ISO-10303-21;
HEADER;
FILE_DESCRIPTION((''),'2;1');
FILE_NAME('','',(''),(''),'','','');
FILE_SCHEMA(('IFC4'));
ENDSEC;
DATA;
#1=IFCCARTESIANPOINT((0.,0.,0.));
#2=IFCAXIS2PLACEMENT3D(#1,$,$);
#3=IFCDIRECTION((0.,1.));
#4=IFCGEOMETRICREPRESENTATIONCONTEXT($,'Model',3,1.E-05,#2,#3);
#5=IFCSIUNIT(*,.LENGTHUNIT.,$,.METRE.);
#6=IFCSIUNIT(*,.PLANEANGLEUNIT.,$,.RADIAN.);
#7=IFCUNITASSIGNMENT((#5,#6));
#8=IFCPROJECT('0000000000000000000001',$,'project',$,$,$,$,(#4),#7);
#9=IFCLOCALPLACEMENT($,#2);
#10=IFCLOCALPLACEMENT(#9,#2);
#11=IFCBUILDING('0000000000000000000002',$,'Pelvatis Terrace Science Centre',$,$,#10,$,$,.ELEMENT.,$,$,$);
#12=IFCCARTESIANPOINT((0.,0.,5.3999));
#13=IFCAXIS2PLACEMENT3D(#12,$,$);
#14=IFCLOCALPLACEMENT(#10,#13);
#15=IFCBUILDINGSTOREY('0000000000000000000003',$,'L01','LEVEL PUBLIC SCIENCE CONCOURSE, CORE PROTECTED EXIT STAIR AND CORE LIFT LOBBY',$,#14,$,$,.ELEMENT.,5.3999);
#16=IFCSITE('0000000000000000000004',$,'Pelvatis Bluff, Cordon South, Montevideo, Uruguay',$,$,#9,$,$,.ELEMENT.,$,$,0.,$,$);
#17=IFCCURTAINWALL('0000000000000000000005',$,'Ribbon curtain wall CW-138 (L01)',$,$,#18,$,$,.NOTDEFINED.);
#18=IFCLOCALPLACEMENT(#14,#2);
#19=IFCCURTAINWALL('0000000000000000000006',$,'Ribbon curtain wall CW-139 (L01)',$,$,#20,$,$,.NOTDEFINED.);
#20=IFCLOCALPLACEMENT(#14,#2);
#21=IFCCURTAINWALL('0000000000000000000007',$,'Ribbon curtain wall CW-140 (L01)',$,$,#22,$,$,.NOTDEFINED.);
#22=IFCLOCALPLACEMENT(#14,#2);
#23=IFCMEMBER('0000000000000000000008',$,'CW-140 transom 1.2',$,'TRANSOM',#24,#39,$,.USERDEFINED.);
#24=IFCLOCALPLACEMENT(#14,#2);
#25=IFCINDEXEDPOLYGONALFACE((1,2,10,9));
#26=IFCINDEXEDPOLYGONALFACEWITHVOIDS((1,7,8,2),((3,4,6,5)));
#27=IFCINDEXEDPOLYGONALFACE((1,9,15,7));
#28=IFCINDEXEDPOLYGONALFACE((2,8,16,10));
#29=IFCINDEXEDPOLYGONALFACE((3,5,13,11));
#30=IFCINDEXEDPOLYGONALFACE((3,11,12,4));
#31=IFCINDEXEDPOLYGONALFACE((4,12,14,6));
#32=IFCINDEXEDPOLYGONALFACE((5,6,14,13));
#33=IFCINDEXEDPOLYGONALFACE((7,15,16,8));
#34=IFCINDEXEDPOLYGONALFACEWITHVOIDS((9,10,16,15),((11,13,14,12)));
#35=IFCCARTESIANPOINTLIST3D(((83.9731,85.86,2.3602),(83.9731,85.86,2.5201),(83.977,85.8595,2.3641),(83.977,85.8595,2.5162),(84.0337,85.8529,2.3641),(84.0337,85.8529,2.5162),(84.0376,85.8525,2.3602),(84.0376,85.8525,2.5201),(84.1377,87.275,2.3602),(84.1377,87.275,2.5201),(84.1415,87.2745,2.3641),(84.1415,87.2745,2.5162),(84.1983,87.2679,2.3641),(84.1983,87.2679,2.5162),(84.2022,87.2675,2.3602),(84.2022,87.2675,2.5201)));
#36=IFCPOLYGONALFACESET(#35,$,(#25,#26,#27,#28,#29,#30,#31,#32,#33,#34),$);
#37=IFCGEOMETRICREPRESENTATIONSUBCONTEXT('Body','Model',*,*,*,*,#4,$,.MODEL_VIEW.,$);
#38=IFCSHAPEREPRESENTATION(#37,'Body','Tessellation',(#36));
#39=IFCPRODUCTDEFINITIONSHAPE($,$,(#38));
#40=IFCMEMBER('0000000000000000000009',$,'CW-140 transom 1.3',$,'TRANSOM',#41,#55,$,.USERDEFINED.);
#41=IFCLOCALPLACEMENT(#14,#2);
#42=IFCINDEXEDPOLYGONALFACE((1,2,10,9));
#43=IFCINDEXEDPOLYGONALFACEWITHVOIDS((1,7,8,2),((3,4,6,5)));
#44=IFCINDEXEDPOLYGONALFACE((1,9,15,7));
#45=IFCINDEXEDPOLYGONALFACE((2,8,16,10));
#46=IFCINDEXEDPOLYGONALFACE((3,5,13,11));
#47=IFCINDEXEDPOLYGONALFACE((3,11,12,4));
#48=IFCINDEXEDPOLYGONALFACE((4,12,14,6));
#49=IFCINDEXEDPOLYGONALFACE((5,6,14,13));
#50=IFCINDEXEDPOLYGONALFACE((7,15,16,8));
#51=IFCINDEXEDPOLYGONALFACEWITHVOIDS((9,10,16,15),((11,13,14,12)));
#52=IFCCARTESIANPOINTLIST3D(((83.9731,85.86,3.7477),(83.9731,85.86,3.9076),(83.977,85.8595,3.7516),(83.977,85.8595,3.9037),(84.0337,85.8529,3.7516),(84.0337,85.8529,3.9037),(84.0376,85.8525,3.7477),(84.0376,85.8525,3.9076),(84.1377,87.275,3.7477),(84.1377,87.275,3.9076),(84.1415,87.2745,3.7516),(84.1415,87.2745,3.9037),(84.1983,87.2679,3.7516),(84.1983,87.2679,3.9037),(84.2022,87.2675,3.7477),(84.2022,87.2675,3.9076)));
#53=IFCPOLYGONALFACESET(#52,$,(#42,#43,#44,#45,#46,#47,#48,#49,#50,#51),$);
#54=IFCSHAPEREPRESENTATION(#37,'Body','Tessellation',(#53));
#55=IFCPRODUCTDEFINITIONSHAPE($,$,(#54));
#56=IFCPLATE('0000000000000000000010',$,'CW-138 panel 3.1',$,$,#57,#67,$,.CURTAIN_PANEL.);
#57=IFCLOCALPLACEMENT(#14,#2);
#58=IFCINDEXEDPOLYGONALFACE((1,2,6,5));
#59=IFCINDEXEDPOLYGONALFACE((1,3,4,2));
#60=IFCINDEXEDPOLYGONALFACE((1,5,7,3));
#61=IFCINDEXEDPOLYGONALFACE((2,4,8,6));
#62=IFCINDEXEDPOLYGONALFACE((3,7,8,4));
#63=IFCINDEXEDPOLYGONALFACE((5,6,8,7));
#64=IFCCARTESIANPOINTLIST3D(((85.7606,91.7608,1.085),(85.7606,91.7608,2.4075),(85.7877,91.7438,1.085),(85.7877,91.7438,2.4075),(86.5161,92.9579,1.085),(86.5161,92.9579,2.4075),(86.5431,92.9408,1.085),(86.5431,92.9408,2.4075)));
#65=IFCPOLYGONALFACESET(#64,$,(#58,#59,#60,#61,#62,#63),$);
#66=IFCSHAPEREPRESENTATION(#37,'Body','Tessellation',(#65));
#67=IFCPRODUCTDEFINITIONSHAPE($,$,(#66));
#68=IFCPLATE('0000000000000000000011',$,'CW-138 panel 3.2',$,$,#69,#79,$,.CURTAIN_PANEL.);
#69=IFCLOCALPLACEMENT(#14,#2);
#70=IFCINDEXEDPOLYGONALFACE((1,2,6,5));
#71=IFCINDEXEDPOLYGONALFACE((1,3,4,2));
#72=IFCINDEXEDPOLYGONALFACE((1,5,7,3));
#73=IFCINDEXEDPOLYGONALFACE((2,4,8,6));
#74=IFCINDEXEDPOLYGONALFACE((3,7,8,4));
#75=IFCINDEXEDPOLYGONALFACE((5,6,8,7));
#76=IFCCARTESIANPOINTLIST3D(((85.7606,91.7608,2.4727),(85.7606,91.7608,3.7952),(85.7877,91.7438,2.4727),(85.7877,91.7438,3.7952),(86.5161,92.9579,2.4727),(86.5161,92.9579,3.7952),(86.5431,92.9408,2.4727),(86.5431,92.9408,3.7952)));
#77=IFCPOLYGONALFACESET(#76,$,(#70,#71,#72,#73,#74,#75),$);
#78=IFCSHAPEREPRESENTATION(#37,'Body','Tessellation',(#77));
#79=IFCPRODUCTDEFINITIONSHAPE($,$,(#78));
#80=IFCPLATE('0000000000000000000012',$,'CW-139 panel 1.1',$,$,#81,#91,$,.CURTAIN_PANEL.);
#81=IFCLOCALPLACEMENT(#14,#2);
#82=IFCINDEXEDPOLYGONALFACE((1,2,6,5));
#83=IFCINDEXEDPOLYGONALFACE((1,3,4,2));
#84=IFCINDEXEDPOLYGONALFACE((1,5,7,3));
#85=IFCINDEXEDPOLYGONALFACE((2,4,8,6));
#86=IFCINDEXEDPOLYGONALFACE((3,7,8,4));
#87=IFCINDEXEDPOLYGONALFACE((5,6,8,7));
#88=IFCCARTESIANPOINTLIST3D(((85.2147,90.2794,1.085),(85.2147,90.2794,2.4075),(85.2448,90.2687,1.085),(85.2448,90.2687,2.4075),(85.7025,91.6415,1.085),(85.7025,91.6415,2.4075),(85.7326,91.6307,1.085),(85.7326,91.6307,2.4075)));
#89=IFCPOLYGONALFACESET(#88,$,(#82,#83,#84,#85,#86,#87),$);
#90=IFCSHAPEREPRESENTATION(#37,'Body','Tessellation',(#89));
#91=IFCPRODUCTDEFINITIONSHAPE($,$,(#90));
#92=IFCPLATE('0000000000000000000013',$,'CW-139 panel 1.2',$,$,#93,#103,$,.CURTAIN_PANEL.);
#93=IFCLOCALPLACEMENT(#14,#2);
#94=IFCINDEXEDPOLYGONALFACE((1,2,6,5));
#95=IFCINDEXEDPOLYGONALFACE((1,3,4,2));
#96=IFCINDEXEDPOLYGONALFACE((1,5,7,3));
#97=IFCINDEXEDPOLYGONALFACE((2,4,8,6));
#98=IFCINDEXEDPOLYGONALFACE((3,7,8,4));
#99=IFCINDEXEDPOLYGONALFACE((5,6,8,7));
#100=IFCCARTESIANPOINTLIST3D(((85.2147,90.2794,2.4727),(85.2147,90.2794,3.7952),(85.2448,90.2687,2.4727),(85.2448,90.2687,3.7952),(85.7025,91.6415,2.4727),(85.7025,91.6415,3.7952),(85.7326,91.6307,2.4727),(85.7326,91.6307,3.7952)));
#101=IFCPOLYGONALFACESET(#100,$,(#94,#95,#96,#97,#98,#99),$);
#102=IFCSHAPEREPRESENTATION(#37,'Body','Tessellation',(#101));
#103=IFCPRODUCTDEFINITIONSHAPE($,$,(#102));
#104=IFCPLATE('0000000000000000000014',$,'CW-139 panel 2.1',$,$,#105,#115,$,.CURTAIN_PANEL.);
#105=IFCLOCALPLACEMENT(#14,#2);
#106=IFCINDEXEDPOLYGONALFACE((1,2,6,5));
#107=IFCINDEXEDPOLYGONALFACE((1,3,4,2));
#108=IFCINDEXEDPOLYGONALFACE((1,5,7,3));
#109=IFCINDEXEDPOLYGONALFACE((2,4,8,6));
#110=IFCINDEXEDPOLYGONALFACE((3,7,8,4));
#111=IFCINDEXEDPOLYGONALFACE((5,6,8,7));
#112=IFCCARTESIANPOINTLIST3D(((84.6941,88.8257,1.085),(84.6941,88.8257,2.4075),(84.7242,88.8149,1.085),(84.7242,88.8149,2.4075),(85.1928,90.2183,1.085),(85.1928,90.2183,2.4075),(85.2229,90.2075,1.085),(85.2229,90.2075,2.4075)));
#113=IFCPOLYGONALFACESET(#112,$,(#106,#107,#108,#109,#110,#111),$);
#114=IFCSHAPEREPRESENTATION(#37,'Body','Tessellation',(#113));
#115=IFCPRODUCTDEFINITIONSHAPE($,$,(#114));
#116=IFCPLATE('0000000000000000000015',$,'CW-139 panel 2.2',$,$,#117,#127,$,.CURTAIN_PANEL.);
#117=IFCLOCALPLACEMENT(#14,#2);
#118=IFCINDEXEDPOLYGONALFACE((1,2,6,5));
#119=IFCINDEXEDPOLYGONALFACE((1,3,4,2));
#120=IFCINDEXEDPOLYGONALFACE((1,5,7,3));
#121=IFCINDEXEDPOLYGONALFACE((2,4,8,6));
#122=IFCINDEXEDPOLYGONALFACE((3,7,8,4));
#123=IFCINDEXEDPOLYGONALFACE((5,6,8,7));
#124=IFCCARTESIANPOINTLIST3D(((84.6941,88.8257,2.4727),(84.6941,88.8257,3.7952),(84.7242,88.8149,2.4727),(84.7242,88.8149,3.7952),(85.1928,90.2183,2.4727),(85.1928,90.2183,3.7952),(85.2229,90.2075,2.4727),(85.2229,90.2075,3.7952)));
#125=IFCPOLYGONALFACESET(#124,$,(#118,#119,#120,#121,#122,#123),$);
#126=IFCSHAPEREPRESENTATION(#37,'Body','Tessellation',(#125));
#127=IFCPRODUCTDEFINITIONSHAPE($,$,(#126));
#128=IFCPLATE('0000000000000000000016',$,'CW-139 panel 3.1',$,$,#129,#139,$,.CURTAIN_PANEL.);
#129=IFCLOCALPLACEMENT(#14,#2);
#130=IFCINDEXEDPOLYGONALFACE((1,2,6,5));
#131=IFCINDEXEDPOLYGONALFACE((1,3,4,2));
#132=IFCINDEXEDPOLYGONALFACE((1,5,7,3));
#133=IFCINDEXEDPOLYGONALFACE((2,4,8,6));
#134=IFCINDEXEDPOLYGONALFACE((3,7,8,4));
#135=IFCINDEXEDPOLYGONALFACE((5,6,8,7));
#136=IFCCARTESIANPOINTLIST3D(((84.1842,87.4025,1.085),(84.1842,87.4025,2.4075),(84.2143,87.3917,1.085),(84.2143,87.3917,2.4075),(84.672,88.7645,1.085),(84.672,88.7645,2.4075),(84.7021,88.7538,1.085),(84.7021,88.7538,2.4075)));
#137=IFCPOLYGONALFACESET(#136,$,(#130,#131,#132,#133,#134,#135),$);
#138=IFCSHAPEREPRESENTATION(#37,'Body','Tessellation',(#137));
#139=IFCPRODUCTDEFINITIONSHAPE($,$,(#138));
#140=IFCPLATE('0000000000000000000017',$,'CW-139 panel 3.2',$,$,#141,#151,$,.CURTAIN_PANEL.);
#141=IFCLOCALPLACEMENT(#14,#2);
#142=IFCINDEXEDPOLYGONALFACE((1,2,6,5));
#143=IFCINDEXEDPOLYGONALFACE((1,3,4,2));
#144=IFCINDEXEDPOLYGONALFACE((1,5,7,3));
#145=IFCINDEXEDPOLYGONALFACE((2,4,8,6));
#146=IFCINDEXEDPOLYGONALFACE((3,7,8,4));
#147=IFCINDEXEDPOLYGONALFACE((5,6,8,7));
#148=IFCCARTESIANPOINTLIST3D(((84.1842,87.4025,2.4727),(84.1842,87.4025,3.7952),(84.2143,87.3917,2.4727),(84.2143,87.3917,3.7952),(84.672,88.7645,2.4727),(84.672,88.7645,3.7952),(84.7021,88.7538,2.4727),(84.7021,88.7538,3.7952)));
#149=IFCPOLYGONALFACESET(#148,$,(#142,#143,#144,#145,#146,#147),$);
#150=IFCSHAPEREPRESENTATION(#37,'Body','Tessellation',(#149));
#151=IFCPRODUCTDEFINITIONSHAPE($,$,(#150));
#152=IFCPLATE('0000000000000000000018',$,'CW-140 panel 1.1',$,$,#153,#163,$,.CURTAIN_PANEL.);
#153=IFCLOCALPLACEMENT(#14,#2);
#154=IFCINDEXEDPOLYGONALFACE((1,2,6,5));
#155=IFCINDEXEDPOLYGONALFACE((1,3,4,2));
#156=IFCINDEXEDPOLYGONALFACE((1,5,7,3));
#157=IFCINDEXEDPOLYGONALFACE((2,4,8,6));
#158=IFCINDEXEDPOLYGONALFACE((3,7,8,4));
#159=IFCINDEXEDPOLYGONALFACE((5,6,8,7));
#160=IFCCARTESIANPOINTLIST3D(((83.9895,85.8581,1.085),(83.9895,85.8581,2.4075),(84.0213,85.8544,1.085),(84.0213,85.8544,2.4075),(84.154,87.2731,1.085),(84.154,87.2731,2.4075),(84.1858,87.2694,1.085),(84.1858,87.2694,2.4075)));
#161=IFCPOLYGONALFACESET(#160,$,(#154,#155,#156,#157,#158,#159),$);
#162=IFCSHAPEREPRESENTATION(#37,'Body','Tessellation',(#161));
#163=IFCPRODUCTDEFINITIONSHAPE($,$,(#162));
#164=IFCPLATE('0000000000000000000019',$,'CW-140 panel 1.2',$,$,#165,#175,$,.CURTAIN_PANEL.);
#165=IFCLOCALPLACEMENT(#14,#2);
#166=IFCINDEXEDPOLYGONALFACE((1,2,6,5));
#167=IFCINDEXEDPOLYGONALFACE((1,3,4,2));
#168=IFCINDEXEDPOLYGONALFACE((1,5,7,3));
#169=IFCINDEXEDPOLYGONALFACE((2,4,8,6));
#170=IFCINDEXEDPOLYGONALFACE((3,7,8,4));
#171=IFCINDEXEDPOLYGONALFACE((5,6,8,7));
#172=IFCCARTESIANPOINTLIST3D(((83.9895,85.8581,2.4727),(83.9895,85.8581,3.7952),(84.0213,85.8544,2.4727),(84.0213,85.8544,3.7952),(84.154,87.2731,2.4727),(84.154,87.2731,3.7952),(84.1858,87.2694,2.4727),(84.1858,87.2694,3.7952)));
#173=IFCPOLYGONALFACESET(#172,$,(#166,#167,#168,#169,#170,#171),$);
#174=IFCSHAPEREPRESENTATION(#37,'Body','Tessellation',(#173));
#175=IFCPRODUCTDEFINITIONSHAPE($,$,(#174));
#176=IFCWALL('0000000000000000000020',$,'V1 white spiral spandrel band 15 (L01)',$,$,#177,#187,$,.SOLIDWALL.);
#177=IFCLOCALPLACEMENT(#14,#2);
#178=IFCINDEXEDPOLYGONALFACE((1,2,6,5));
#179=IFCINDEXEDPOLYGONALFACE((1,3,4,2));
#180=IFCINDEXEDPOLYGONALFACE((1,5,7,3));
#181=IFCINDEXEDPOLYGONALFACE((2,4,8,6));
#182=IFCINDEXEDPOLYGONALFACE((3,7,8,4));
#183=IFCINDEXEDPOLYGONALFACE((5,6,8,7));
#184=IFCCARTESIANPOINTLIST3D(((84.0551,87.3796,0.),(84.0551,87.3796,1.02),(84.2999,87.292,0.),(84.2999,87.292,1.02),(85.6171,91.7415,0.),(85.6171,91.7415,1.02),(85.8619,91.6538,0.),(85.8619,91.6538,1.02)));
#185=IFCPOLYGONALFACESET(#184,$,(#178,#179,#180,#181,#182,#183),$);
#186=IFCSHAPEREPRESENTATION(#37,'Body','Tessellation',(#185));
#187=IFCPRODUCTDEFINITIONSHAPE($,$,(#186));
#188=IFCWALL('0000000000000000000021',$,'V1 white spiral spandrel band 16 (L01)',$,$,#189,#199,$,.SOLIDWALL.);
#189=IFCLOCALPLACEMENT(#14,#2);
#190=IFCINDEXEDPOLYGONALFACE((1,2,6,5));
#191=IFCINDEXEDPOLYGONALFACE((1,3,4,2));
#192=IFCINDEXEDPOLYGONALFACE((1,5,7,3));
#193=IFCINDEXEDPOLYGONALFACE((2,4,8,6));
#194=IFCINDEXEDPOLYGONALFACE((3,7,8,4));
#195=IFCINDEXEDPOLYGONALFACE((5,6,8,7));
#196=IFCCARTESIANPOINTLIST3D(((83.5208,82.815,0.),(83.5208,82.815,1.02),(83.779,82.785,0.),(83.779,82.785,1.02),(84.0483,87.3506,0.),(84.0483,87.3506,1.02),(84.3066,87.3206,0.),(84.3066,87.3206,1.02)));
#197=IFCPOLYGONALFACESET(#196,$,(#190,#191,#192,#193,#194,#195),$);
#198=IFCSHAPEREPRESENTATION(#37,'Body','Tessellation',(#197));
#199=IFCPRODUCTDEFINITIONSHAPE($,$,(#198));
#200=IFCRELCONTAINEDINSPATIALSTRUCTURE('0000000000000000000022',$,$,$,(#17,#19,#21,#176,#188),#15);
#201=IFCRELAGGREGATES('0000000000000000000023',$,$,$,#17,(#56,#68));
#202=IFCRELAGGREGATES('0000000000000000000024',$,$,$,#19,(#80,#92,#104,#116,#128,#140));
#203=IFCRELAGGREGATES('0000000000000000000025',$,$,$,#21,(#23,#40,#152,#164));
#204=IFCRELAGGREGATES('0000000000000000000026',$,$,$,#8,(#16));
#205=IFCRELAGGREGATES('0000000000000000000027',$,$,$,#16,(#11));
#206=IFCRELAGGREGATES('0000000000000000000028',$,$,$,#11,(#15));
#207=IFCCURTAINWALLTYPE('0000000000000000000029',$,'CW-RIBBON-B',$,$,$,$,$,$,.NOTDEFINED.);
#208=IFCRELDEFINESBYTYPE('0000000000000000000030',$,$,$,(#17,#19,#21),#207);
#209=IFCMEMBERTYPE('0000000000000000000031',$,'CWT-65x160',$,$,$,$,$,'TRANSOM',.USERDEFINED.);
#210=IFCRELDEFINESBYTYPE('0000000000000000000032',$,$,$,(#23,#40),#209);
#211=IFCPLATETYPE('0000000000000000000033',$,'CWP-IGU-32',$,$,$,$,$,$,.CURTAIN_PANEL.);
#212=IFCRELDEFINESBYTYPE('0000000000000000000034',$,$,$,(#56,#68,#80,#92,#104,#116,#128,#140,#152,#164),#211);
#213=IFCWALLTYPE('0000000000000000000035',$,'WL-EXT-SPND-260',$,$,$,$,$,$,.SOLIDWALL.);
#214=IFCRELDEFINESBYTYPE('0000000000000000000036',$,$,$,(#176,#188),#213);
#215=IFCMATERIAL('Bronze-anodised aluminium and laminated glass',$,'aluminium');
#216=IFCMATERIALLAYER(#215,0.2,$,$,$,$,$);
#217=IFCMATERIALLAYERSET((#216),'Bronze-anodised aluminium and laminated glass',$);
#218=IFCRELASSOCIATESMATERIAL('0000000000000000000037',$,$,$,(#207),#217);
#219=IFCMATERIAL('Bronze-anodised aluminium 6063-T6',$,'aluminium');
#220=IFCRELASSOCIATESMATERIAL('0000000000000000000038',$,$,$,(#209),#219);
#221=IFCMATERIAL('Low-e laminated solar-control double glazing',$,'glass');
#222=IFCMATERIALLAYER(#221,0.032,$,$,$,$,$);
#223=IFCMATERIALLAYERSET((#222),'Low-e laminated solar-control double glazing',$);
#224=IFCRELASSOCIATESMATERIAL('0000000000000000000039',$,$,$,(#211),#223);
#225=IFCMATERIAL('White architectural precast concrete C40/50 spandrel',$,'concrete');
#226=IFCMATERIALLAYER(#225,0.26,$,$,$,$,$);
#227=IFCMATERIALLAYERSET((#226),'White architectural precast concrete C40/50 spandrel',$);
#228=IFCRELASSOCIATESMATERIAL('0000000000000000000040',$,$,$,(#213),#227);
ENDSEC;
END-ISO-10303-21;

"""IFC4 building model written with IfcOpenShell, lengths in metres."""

from ifc_helpers import new_model, si_unit, direction, frame, frame_2d, origin, origin_2d, place, context, subcontext, project, spatial, rectangle, hollow_rectangle, extrude, material, layer, layer_set, material_profile, profile_set, type_object, element, aggregate, save


model = new_model("IFC4")

# Units and contexts
model_context = context("Model", 3, precision=1e-05, world=origin(), true_north=direction((0.0, 1.0)))
body_context = subcontext(model_context, "Body", "Model", "MODEL_VIEW")
ifc_project = project(units=[si_unit("LENGTHUNIT", "METRE"), si_unit("PLANEANGLEUNIT", "RADIAN")], contexts=[model_context])

# Site, building, storey
site_placement = place(None, origin())
site = spatial("IfcSite", under=ifc_project, at=site_placement, Name="Pelvatis Bluff, Cordon South, Montevideo, Uruguay", CompositionType="ELEMENT", RefElevation=0.0)
building_placement = place(site_placement, origin())
building = spatial("IfcBuilding", under=site, at=building_placement, Name="Pelvatis Terrace Science Centre", CompositionType="ELEMENT")
storey_placement = place(building_placement, frame((0.0, 0.0, 5.3999)))
storey = spatial("IfcBuildingStorey", under=building, at=storey_placement, Name="L01", Description="LEVEL PUBLIC SCIENCE CONCOURSE, CORE PROTECTED EXIT STAIR AND CORE LIFT LOBBY", CompositionType="ELEMENT", Elevation=5.3999)

# Curtain walls
ifc_material_1 = material(Name="Bronze-anodised aluminium and laminated glass", Category="aluminium")
ifc_layer_1 = layer(ifc_material_1, 0.2)
ifc_layer_set_1 = layer_set([ifc_layer_1], Name="Bronze-anodised aluminium and laminated glass")
curtain_wall_type = type_object("IfcCurtainWallType", Name="CW-RIBBON-B", PredefinedType="NOTDEFINED", material=ifc_layer_set_1)
curtain_wall_1_placement = place(storey_placement, origin())
curtain_wall_1 = element("IfcCurtainWall", 1, at=curtain_wall_1_placement, inside=storey, type_object=curtain_wall_type, Name="Ribbon curtain wall CW-138 (L01)", PredefinedType="NOTDEFINED")
curtain_wall_2_placement = place(storey_placement, origin())
curtain_wall_2 = element("IfcCurtainWall", 2, at=curtain_wall_2_placement, inside=storey, type_object=curtain_wall_type, Name="Ribbon curtain wall CW-139 (L01)", PredefinedType="NOTDEFINED")

# Curtain wall
curtain_wall_3_placement = place(storey_placement, origin())
curtain_wall_3 = element("IfcCurtainWall", 3, at=curtain_wall_3_placement, inside=storey, type_object=curtain_wall_type, Name="Ribbon curtain wall CW-140 (L01)", PredefinedType="NOTDEFINED")

# Members
ifc_material_2 = material(Name="Bronze-anodised aluminium 6063-T6", Category="aluminium")
ifc_material_profile_1 = material_profile(ifc_material_2, hollow_rectangle(XDim=0.0649, YDim=0.1599, WallThickness=0.0039, at=origin_2d()), Name="ALU-TRN 65x160")
ifc_profile_set_1 = profile_set([ifc_material_profile_1], Name="Bronze-anodised aluminium 6063-T6")
member_type_1 = type_object("IfcMemberType", Name="CWT-65x160", ElementType="TRANSOM", PredefinedType="USERDEFINED", material=ifc_profile_set_1)
member_1_placement = place(storey_placement, frame((84.1699, 87.2712, 2.4402), z_axis=(-0.115509, -0.993306, 0.0), x_axis=(0.993306, -0.115509, 0.0)))
member_1 = element("IfcMember", 4, at=member_1_placement, type_object=member_type_1, Name="CW-140 transom 1.2", ObjectType="TRANSOM", PredefinedType="USERDEFINED", context=body_context, shape_type="SweptSolid", body=[
    extrude(hollow_rectangle(XDim=0.0649, YDim=0.1599, WallThickness=0.0039, at=origin_2d()), origin(), (0.0, 0.0, 1.0), 1.4246),
])
member_2_placement = place(storey_placement, frame((84.1699, 87.2712, 3.8276), z_axis=(-0.115509, -0.993306, 0.0), x_axis=(0.993306, -0.115509, 0.0)))
member_2 = element("IfcMember", 5, at=member_2_placement, type_object=member_type_1, Name="CW-140 transom 1.3", ObjectType="TRANSOM", PredefinedType="USERDEFINED", context=body_context, shape_type="SweptSolid", body=[
    extrude(hollow_rectangle(XDim=0.0649, YDim=0.1599, WallThickness=0.0039, at=origin_2d()), origin(), (0.0, 0.0, 1.0), 1.4246),
])

# Plates
ifc_material_3 = material(Name="Low-e laminated solar-control double glazing", Category="glass")
ifc_layer_2 = layer(ifc_material_3, 0.032)
ifc_layer_set_2 = layer_set([ifc_layer_2], Name="Low-e laminated solar-control double glazing")
plate_type = type_object("IfcPlateType", Name="CWP-IGU-32", PredefinedType="CURTAIN_PANEL", material=ifc_layer_set_2)
plate_1_placement = place(storey_placement, frame((86.1519, 92.3508, 1.085), z_axis=(0.0, 0.0, 1.0), x_axis=(-0.533685, -0.845683, 0.0)))
plate_1 = element("IfcPlate", 6, at=plate_1_placement, type_object=plate_type, Name="CW-138 panel 3.1", PredefinedType="CURTAIN_PANEL", context=body_context, shape_type="SweptSolid", body=[
    extrude(rectangle(XDim=1.4155, YDim=0.032, at=origin_2d()), origin(), (0.0, 0.0, 1.0), 1.3225),
])
plate_2_placement = place(storey_placement, frame((86.1519, 92.3508, 2.4727), z_axis=(0.0, 0.0, 1.0), x_axis=(-0.533685, -0.845683, 0.0)))
plate_2 = element("IfcPlate", 7, at=plate_2_placement, type_object=plate_type, Name="CW-138 panel 3.2", PredefinedType="CURTAIN_PANEL", context=body_context, shape_type="SweptSolid", body=[
    extrude(rectangle(XDim=1.4155, YDim=0.032, at=origin_2d()), origin(), (0.0, 0.0, 1.0), 1.3225),
])
aggregate(curtain_wall_1, [plate_1, plate_2])
plate_3_placement = place(storey_placement, frame((85.4736, 90.9551, 1.085), z_axis=(0.0, 0.0, 1.0), x_axis=(-0.337176, -0.941442, 0.0)))
plate_3 = element("IfcPlate", 8, at=plate_3_placement, type_object=plate_type, Name="CW-139 panel 1.1", PredefinedType="CURTAIN_PANEL", context=body_context, shape_type="SweptSolid", body=[
    extrude(rectangle(XDim=1.4468, YDim=0.032, at=origin_2d()), origin(), (0.0, 0.0, 1.0), 1.3225),
])
plate_4_placement = place(storey_placement, frame((85.4736, 90.9551, 2.4727), z_axis=(0.0, 0.0, 1.0), x_axis=(-0.337176, -0.941442, 0.0)))
plate_4 = element("IfcPlate", 9, at=plate_4_placement, type_object=plate_type, Name="CW-139 panel 1.2", PredefinedType="CURTAIN_PANEL", context=body_context, shape_type="SweptSolid", body=[
    extrude(rectangle(XDim=1.4468, YDim=0.032, at=origin_2d()), origin(), (0.0, 0.0, 1.0), 1.3225),
])
plate_5_placement = place(storey_placement, frame((84.9585, 89.5166, 1.085), z_axis=(0.0, 0.0, 1.0), x_axis=(-0.337176, -0.941442, 0.0)))
plate_5 = element("IfcPlate", 10, at=plate_5_placement, type_object=plate_type, Name="CW-139 panel 2.1", PredefinedType="CURTAIN_PANEL", context=body_context, shape_type="SweptSolid", body=[
    extrude(rectangle(XDim=1.4792, YDim=0.032, at=origin_2d()), origin(), (0.0, 0.0, 1.0), 1.3225),
])
plate_6_placement = place(storey_placement, frame((84.9585, 89.5166, 2.4727), z_axis=(0.0, 0.0, 1.0), x_axis=(-0.337176, -0.941442, 0.0)))
plate_6 = element("IfcPlate", 11, at=plate_6_placement, type_object=plate_type, Name="CW-139 panel 2.2", PredefinedType="CURTAIN_PANEL", context=body_context, shape_type="SweptSolid", body=[
    extrude(rectangle(XDim=1.4792, YDim=0.032, at=origin_2d()), origin(), (0.0, 0.0, 1.0), 1.3225),
])
plate_7_placement = place(storey_placement, frame((84.4431, 88.0781, 1.085), z_axis=(0.0, 0.0, 1.0), x_axis=(-0.337176, -0.941442, 0.0)))
plate_7 = element("IfcPlate", 12, at=plate_7_placement, type_object=plate_type, Name="CW-139 panel 3.1", PredefinedType="CURTAIN_PANEL", context=body_context, shape_type="SweptSolid", body=[
    extrude(rectangle(XDim=1.4468, YDim=0.032, at=origin_2d()), origin(), (0.0, 0.0, 1.0), 1.3225),
])
plate_8_placement = place(storey_placement, frame((84.4431, 88.0781, 2.4727), z_axis=(0.0, 0.0, 1.0), x_axis=(-0.337176, -0.941442, 0.0)))
plate_8 = element("IfcPlate", 13, at=plate_8_placement, type_object=plate_type, Name="CW-139 panel 3.2", PredefinedType="CURTAIN_PANEL", context=body_context, shape_type="SweptSolid", body=[
    extrude(rectangle(XDim=1.4468, YDim=0.032, at=origin_2d()), origin(), (0.0, 0.0, 1.0), 1.3225),
])
aggregate(curtain_wall_2, [plate_3, plate_4, plate_5, plate_6, plate_7, plate_8])
plate_9_placement = place(storey_placement, frame((84.0876, 86.5637, 1.085), z_axis=(0.0, 0.0, 1.0), x_axis=(-0.115497, -0.993308, 0.0)))
plate_9 = element("IfcPlate", 14, at=plate_9_placement, type_object=plate_type, Name="CW-140 panel 1.1", PredefinedType="CURTAIN_PANEL", context=body_context, shape_type="SweptSolid", body=[
    extrude(rectangle(XDim=1.4246, YDim=0.032, at=origin_2d()), origin(), (0.0, 0.0, 1.0), 1.3225),
])
plate_10_placement = place(storey_placement, frame((84.0876, 86.5637, 2.4727), z_axis=(0.0, 0.0, 1.0), x_axis=(-0.115497, -0.993308, 0.0)))
plate_10 = element("IfcPlate", 15, at=plate_10_placement, type_object=plate_type, Name="CW-140 panel 1.2", PredefinedType="CURTAIN_PANEL", context=body_context, shape_type="SweptSolid", body=[
    extrude(rectangle(XDim=1.4246, YDim=0.032, at=origin_2d()), origin(), (0.0, 0.0, 1.0), 1.3225),
])
aggregate(curtain_wall_3, [member_1, member_2, plate_9, plate_10])

# Walls
ifc_material_4 = material(Name="White architectural precast concrete C40/50 spandrel", Category="concrete")
ifc_layer_3 = layer(ifc_material_4, 0.26)
ifc_layer_set_3 = layer_set([ifc_layer_3], Name="White architectural precast concrete C40/50 spandrel")
wall_type_1 = type_object("IfcWallType", Name="WL-EXT-SPND-260", PredefinedType="SOLIDWALL", material=ifc_layer_set_3)
wall_1_placement = place(storey_placement, frame((85.7395, 91.6975, 0.0), z_axis=(0.0, 0.0, 1.0), x_axis=(-0.337144, -0.941453, 0.0)))
element("IfcWall", 16, at=wall_1_placement, inside=storey, type_object=wall_type_1, Name="V1 white spiral spandrel band 15 (L01)", PredefinedType="SOLIDWALL", context=body_context, shape_type="SweptSolid", body=[
    extrude(rectangle(XDim=4.6331, YDim=0.26, at=frame_2d((2.3164, 0.0))), origin(), (0.0, 0.0, 1.0), 1.02),
])
wall_2_placement = place(storey_placement, frame((84.1775, 87.3357, 0.0), z_axis=(0.0, 0.0, 1.0), x_axis=(-0.115541, -0.993303, 0.0)))
element("IfcWall", 17, at=wall_2_placement, inside=storey, type_object=wall_type_1, Name="V1 white spiral spandrel band 16 (L01)", PredefinedType="SOLIDWALL", context=body_context, shape_type="SweptSolid", body=[
    extrude(rectangle(XDim=4.5662, YDim=0.26, at=frame_2d((2.2832, 0.0))), origin(), (0.0, 0.0, 1.0), 1.02),
])

save(model, "model.ifc")
